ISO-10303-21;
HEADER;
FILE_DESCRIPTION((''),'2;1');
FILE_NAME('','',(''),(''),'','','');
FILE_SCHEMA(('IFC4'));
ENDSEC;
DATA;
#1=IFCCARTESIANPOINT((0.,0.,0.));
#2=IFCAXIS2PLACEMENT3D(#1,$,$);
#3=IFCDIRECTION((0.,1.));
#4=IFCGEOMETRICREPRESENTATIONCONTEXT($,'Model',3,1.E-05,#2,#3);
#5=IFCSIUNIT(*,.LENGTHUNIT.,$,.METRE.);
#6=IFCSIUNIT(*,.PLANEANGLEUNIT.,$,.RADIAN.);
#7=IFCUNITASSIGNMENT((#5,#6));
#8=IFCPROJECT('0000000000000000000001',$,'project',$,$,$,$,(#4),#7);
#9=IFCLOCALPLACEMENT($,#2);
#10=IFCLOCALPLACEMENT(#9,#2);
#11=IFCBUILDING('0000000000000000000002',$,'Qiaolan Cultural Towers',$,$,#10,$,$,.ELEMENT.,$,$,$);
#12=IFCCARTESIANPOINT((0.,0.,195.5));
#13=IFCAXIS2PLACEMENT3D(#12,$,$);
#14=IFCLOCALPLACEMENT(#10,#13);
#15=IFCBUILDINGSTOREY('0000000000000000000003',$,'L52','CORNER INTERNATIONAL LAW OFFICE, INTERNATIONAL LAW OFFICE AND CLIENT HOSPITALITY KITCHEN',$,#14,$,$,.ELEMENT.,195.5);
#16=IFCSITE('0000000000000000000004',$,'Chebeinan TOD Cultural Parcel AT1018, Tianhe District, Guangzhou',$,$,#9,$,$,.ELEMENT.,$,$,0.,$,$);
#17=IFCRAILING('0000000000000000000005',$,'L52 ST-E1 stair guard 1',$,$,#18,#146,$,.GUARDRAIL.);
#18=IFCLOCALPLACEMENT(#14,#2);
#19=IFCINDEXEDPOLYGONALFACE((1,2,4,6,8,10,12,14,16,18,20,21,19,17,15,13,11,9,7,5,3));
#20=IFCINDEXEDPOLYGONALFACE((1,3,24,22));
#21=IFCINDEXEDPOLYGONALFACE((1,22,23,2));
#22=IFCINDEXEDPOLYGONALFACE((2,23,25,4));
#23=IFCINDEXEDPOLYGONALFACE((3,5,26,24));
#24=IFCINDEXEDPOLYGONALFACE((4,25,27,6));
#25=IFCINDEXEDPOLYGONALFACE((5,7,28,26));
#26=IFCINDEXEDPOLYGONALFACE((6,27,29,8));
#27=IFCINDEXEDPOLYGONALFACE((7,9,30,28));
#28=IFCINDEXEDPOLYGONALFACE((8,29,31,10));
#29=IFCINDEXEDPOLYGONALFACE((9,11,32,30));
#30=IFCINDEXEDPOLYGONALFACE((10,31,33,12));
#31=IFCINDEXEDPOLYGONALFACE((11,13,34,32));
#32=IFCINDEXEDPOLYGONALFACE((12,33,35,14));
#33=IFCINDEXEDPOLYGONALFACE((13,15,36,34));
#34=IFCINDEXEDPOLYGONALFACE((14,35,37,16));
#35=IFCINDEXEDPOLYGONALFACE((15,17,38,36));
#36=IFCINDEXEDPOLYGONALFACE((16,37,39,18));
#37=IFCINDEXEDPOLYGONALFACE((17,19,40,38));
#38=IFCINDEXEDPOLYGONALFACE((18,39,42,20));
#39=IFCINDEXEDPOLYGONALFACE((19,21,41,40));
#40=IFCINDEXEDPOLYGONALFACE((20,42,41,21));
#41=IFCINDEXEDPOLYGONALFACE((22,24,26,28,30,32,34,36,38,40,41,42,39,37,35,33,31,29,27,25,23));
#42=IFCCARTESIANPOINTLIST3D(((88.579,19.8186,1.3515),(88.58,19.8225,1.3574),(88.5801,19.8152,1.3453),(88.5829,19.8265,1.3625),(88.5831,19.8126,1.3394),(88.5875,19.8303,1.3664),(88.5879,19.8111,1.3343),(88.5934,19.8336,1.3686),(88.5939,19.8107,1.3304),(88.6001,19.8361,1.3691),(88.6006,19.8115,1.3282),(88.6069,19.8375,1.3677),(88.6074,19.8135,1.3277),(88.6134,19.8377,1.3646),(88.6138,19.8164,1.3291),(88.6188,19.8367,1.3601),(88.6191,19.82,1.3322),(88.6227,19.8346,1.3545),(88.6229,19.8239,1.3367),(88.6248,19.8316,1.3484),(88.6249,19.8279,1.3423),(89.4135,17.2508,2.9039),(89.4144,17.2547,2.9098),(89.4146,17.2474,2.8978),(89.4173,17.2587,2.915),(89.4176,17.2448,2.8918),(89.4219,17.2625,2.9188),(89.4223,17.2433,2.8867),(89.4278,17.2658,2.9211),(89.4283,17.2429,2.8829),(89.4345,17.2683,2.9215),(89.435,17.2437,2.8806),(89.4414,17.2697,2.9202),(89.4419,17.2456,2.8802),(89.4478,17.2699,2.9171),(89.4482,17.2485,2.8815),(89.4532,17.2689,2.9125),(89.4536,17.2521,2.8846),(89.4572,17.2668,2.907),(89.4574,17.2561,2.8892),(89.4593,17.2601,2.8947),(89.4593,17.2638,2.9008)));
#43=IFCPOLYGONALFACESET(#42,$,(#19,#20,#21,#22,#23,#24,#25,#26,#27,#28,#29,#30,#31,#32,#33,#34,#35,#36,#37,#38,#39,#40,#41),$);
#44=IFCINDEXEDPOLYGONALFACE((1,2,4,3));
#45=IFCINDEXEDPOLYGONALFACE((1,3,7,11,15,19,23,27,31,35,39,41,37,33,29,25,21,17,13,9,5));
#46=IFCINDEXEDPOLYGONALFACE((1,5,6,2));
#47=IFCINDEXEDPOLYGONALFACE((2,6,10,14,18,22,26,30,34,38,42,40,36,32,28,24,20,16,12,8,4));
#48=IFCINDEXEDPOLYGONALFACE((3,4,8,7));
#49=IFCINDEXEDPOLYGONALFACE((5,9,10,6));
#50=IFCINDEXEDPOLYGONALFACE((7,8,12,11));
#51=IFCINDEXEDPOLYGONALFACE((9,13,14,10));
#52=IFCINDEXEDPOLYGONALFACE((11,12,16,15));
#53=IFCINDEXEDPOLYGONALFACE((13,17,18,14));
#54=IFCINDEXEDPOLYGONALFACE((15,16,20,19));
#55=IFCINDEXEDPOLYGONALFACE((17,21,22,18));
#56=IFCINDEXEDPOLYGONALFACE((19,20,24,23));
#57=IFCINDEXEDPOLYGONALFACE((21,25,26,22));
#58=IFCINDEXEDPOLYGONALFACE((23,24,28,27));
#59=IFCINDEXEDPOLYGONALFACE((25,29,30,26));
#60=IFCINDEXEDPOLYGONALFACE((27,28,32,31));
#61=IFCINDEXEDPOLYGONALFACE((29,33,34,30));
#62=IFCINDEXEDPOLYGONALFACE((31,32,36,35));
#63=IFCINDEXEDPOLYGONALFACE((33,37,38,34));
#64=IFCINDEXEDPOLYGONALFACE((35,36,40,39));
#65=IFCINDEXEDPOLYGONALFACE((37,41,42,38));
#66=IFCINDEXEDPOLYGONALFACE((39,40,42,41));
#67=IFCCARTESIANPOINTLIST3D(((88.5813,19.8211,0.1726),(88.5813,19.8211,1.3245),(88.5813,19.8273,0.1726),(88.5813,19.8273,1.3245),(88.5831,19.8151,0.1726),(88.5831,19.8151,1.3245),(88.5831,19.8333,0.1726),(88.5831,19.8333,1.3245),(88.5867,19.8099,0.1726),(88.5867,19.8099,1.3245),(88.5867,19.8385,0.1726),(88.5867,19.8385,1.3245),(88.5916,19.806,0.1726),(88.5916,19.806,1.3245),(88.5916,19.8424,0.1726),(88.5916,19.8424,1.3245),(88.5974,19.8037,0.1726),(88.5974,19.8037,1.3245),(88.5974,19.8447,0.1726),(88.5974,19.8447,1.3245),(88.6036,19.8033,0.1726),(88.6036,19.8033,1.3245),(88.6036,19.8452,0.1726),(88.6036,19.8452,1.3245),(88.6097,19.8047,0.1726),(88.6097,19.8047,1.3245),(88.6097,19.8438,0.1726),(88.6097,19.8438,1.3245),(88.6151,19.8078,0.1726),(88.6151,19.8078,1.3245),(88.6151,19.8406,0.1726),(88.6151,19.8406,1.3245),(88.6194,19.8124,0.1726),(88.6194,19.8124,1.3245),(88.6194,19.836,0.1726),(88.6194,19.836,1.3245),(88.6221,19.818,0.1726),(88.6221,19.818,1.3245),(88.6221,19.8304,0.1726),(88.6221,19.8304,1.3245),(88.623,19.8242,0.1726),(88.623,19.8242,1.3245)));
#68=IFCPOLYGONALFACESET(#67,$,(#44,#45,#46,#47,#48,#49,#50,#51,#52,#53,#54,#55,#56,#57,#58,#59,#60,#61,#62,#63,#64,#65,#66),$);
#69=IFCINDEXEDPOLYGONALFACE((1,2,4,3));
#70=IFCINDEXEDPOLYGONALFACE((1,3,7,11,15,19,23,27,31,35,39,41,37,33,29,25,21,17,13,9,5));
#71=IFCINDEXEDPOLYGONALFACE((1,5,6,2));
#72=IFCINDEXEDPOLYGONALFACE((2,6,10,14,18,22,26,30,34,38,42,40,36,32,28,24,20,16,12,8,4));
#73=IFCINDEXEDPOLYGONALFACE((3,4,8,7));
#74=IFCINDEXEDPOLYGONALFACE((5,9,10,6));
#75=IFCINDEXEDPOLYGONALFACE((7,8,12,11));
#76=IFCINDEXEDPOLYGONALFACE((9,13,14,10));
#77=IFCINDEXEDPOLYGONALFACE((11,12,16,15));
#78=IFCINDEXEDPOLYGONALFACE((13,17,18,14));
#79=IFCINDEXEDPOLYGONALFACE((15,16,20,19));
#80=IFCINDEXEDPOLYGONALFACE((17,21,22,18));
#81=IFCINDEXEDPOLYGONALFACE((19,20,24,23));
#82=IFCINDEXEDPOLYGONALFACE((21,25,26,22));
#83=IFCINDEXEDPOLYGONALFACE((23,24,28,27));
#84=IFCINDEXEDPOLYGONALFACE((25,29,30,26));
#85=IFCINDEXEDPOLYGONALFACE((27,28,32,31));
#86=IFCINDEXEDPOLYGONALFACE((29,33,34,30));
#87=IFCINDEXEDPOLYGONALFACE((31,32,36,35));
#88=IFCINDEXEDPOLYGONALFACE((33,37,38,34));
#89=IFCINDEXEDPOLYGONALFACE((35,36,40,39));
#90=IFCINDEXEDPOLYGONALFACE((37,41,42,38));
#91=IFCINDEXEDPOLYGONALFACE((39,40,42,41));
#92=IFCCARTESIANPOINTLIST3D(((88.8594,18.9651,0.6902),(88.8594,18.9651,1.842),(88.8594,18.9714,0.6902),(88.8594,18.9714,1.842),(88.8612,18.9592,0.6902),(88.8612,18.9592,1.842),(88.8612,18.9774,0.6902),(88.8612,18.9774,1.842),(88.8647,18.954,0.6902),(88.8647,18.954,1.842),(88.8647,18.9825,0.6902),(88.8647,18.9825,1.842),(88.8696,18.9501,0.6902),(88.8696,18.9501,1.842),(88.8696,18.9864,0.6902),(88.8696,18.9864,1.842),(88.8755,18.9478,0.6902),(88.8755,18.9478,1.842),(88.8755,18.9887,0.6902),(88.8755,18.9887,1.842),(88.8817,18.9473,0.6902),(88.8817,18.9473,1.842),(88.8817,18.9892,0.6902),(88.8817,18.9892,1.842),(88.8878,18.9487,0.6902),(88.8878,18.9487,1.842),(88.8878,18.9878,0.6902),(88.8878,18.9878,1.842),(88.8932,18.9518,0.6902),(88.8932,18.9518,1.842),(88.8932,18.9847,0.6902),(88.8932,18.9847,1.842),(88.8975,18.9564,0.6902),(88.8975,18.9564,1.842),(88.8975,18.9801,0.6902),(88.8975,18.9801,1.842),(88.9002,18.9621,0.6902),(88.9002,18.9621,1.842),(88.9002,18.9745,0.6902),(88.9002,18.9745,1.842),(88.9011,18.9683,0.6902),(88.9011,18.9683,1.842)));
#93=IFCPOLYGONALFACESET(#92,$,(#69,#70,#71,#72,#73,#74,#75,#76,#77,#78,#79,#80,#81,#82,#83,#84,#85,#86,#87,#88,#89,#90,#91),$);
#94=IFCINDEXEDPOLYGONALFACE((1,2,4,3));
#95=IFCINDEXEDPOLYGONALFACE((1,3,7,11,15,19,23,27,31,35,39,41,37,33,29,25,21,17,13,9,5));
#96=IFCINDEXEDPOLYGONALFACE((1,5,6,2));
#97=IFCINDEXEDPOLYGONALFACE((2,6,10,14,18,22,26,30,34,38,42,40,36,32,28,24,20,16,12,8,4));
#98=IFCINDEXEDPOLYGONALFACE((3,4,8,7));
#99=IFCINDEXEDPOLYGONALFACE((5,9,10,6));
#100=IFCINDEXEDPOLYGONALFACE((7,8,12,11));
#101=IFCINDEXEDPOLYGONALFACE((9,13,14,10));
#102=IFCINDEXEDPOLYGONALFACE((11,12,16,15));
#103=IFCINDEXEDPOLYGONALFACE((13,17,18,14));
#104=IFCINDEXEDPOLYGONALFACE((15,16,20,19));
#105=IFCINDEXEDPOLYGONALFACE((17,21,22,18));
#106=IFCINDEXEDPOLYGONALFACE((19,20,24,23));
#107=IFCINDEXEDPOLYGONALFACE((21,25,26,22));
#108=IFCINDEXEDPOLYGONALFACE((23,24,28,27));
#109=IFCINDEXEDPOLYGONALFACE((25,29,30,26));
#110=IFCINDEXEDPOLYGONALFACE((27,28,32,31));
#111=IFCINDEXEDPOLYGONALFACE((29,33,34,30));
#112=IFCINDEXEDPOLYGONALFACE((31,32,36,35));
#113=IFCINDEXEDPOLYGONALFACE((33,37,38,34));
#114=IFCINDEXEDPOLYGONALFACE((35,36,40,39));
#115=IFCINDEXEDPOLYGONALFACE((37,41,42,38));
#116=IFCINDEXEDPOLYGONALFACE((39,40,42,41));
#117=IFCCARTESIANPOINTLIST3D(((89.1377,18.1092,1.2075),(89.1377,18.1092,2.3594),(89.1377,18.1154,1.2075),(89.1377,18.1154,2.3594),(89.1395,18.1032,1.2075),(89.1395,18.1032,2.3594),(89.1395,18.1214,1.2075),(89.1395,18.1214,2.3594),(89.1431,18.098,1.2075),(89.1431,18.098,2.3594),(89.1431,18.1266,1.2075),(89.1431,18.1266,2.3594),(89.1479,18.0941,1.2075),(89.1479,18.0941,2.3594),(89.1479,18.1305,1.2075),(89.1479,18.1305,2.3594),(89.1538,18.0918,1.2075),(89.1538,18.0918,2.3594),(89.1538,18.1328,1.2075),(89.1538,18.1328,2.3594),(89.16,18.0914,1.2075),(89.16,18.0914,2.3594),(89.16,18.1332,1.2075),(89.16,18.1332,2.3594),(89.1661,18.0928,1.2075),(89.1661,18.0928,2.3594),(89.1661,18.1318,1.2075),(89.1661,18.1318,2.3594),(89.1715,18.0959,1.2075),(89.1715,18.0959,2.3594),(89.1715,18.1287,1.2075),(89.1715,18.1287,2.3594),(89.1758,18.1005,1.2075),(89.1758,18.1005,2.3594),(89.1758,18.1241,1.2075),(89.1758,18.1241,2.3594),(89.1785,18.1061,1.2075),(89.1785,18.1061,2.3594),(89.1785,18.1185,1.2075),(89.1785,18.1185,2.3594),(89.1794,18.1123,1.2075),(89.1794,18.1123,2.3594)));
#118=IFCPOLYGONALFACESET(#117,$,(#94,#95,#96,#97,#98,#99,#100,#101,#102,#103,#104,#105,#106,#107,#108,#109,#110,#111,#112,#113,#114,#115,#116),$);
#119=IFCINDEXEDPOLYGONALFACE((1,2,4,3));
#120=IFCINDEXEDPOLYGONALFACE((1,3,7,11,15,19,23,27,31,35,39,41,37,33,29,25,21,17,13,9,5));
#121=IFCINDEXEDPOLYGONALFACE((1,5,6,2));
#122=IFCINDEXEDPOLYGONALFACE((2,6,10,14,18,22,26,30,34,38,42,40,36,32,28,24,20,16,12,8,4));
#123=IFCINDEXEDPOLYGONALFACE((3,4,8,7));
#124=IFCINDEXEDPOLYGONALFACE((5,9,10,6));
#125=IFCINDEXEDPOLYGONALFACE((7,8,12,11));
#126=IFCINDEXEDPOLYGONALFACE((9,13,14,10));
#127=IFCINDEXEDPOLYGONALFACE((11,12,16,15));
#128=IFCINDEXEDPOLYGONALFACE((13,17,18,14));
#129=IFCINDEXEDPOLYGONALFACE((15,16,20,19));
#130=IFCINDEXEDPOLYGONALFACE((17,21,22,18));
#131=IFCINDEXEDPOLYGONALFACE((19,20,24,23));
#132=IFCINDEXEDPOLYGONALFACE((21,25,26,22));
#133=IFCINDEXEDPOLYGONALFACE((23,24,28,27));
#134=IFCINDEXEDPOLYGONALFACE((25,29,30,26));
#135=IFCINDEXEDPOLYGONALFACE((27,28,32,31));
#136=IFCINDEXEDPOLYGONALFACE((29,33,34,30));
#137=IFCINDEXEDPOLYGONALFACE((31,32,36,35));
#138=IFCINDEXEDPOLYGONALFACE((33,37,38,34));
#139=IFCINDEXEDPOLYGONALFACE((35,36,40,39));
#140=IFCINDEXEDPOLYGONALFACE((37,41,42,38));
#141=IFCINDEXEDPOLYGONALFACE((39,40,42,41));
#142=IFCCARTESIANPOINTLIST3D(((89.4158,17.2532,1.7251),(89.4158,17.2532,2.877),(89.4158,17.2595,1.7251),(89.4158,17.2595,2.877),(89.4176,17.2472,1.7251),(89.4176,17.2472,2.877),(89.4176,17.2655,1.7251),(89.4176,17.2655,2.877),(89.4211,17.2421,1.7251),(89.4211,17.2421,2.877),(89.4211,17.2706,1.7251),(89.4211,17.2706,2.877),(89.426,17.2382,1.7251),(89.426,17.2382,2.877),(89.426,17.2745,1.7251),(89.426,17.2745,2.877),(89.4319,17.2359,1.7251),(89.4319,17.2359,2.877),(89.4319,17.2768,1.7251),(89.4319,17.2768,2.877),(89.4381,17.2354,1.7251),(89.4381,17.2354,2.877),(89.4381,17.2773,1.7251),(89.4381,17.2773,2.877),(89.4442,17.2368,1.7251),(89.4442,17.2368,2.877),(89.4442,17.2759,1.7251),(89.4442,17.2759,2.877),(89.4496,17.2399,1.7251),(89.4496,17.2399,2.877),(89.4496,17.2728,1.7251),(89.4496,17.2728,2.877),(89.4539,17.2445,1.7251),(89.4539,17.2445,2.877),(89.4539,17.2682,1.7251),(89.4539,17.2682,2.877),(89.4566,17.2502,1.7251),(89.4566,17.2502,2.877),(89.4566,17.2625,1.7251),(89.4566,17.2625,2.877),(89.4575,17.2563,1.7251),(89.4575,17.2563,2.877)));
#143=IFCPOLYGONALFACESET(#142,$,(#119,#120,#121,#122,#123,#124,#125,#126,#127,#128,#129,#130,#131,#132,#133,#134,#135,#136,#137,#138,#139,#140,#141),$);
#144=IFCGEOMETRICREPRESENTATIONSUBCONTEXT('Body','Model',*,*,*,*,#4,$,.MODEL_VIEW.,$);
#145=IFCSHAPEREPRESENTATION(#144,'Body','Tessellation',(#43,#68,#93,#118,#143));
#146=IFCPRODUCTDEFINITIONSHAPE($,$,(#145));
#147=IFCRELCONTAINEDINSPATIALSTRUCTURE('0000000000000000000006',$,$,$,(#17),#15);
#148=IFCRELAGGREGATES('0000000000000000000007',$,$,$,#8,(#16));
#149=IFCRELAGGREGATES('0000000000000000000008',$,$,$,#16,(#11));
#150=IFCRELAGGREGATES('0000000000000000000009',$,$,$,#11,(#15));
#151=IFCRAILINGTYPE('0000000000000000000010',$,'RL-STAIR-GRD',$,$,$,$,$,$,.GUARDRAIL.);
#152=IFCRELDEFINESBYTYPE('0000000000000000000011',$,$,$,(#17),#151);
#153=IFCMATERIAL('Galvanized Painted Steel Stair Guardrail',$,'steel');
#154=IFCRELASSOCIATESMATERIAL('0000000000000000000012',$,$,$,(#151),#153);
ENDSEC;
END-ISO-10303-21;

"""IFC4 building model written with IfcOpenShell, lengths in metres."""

from ifc_helpers import new_model, si_unit, direction, frame, origin, origin_2d, place, context, subcontext, project, spatial, circle, extrude, material, type_object, element, save


model = new_model("IFC4")

# Units and contexts
model_context = context("Model", 3, precision=1e-05, world=origin(), true_north=direction((0.0, 1.0)))
body_context = subcontext(model_context, "Body", "Model", "MODEL_VIEW")
ifc_project = project(units=[si_unit("LENGTHUNIT", "METRE"), si_unit("PLANEANGLEUNIT", "RADIAN")], contexts=[model_context])

# Site, building, storey
site_placement = place(None, origin())
site = spatial("IfcSite", under=ifc_project, at=site_placement, Name="Chebeinan TOD Cultural Parcel AT1018, Tianhe District, Guangzhou", CompositionType="ELEMENT", RefElevation=0.0)
building_placement = place(site_placement, origin())
building = spatial("IfcBuilding", under=site, at=building_placement, Name="Qiaolan Cultural Towers", CompositionType="ELEMENT")
storey_placement = place(building_placement, frame((0.0, 0.0, 195.5)))
storey = spatial("IfcBuildingStorey", under=building, at=storey_placement, Name="L52", Description="CORNER INTERNATIONAL LAW OFFICE, INTERNATIONAL LAW OFFICE AND CLIENT HOSPITALITY KITCHEN", CompositionType="ELEMENT", Elevation=195.5)

# Railing
ifc_material_1 = material(Name="Galvanized Painted Steel Stair Guardrail", Category="steel")
railing_type_1 = type_object("IfcRailingType", Name="RL-STAIR-GRD", PredefinedType="GUARDRAIL", material=ifc_material_1)
railing_1_placement = place(storey_placement, frame((88.6021, 19.8242, 0.1726)))
element("IfcRailing", 1, at=railing_1_placement, inside=storey, type_object=railing_type_1, Name="L52 ST-E1 stair guard 1", PredefinedType="GUARDRAIL", context=body_context, shape_type="SweptSolid", body=[
    extrude(circle(Radius=0.0239, at=origin_2d()), frame((0.0, 0.0, 1.1758), z_axis=(0.267926, -0.824471, 0.498461), x_axis=(0.951043, 0.309057, 0.0)), (0.0, 0.0, 1.0), 3.1145),
    extrude(circle(Radius=0.021, at=origin_2d()), origin(), (0.0, 0.0, 1.0), 1.1519),
    extrude(circle(Radius=0.021, at=origin_2d()), frame((0.2781, -0.856, 0.5176)), (0.0, 0.0, 1.0), 1.1519),
    extrude(circle(Radius=0.021, at=origin_2d()), frame((0.5564, -1.7119, 1.0349)), (0.0, 0.0, 1.0), 1.1519),
    extrude(circle(Radius=0.021, at=origin_2d()), frame((0.8345, -2.5679, 1.5525)), (0.0, 0.0, 1.0), 1.1519),
])

save(model, "model.ifc")
